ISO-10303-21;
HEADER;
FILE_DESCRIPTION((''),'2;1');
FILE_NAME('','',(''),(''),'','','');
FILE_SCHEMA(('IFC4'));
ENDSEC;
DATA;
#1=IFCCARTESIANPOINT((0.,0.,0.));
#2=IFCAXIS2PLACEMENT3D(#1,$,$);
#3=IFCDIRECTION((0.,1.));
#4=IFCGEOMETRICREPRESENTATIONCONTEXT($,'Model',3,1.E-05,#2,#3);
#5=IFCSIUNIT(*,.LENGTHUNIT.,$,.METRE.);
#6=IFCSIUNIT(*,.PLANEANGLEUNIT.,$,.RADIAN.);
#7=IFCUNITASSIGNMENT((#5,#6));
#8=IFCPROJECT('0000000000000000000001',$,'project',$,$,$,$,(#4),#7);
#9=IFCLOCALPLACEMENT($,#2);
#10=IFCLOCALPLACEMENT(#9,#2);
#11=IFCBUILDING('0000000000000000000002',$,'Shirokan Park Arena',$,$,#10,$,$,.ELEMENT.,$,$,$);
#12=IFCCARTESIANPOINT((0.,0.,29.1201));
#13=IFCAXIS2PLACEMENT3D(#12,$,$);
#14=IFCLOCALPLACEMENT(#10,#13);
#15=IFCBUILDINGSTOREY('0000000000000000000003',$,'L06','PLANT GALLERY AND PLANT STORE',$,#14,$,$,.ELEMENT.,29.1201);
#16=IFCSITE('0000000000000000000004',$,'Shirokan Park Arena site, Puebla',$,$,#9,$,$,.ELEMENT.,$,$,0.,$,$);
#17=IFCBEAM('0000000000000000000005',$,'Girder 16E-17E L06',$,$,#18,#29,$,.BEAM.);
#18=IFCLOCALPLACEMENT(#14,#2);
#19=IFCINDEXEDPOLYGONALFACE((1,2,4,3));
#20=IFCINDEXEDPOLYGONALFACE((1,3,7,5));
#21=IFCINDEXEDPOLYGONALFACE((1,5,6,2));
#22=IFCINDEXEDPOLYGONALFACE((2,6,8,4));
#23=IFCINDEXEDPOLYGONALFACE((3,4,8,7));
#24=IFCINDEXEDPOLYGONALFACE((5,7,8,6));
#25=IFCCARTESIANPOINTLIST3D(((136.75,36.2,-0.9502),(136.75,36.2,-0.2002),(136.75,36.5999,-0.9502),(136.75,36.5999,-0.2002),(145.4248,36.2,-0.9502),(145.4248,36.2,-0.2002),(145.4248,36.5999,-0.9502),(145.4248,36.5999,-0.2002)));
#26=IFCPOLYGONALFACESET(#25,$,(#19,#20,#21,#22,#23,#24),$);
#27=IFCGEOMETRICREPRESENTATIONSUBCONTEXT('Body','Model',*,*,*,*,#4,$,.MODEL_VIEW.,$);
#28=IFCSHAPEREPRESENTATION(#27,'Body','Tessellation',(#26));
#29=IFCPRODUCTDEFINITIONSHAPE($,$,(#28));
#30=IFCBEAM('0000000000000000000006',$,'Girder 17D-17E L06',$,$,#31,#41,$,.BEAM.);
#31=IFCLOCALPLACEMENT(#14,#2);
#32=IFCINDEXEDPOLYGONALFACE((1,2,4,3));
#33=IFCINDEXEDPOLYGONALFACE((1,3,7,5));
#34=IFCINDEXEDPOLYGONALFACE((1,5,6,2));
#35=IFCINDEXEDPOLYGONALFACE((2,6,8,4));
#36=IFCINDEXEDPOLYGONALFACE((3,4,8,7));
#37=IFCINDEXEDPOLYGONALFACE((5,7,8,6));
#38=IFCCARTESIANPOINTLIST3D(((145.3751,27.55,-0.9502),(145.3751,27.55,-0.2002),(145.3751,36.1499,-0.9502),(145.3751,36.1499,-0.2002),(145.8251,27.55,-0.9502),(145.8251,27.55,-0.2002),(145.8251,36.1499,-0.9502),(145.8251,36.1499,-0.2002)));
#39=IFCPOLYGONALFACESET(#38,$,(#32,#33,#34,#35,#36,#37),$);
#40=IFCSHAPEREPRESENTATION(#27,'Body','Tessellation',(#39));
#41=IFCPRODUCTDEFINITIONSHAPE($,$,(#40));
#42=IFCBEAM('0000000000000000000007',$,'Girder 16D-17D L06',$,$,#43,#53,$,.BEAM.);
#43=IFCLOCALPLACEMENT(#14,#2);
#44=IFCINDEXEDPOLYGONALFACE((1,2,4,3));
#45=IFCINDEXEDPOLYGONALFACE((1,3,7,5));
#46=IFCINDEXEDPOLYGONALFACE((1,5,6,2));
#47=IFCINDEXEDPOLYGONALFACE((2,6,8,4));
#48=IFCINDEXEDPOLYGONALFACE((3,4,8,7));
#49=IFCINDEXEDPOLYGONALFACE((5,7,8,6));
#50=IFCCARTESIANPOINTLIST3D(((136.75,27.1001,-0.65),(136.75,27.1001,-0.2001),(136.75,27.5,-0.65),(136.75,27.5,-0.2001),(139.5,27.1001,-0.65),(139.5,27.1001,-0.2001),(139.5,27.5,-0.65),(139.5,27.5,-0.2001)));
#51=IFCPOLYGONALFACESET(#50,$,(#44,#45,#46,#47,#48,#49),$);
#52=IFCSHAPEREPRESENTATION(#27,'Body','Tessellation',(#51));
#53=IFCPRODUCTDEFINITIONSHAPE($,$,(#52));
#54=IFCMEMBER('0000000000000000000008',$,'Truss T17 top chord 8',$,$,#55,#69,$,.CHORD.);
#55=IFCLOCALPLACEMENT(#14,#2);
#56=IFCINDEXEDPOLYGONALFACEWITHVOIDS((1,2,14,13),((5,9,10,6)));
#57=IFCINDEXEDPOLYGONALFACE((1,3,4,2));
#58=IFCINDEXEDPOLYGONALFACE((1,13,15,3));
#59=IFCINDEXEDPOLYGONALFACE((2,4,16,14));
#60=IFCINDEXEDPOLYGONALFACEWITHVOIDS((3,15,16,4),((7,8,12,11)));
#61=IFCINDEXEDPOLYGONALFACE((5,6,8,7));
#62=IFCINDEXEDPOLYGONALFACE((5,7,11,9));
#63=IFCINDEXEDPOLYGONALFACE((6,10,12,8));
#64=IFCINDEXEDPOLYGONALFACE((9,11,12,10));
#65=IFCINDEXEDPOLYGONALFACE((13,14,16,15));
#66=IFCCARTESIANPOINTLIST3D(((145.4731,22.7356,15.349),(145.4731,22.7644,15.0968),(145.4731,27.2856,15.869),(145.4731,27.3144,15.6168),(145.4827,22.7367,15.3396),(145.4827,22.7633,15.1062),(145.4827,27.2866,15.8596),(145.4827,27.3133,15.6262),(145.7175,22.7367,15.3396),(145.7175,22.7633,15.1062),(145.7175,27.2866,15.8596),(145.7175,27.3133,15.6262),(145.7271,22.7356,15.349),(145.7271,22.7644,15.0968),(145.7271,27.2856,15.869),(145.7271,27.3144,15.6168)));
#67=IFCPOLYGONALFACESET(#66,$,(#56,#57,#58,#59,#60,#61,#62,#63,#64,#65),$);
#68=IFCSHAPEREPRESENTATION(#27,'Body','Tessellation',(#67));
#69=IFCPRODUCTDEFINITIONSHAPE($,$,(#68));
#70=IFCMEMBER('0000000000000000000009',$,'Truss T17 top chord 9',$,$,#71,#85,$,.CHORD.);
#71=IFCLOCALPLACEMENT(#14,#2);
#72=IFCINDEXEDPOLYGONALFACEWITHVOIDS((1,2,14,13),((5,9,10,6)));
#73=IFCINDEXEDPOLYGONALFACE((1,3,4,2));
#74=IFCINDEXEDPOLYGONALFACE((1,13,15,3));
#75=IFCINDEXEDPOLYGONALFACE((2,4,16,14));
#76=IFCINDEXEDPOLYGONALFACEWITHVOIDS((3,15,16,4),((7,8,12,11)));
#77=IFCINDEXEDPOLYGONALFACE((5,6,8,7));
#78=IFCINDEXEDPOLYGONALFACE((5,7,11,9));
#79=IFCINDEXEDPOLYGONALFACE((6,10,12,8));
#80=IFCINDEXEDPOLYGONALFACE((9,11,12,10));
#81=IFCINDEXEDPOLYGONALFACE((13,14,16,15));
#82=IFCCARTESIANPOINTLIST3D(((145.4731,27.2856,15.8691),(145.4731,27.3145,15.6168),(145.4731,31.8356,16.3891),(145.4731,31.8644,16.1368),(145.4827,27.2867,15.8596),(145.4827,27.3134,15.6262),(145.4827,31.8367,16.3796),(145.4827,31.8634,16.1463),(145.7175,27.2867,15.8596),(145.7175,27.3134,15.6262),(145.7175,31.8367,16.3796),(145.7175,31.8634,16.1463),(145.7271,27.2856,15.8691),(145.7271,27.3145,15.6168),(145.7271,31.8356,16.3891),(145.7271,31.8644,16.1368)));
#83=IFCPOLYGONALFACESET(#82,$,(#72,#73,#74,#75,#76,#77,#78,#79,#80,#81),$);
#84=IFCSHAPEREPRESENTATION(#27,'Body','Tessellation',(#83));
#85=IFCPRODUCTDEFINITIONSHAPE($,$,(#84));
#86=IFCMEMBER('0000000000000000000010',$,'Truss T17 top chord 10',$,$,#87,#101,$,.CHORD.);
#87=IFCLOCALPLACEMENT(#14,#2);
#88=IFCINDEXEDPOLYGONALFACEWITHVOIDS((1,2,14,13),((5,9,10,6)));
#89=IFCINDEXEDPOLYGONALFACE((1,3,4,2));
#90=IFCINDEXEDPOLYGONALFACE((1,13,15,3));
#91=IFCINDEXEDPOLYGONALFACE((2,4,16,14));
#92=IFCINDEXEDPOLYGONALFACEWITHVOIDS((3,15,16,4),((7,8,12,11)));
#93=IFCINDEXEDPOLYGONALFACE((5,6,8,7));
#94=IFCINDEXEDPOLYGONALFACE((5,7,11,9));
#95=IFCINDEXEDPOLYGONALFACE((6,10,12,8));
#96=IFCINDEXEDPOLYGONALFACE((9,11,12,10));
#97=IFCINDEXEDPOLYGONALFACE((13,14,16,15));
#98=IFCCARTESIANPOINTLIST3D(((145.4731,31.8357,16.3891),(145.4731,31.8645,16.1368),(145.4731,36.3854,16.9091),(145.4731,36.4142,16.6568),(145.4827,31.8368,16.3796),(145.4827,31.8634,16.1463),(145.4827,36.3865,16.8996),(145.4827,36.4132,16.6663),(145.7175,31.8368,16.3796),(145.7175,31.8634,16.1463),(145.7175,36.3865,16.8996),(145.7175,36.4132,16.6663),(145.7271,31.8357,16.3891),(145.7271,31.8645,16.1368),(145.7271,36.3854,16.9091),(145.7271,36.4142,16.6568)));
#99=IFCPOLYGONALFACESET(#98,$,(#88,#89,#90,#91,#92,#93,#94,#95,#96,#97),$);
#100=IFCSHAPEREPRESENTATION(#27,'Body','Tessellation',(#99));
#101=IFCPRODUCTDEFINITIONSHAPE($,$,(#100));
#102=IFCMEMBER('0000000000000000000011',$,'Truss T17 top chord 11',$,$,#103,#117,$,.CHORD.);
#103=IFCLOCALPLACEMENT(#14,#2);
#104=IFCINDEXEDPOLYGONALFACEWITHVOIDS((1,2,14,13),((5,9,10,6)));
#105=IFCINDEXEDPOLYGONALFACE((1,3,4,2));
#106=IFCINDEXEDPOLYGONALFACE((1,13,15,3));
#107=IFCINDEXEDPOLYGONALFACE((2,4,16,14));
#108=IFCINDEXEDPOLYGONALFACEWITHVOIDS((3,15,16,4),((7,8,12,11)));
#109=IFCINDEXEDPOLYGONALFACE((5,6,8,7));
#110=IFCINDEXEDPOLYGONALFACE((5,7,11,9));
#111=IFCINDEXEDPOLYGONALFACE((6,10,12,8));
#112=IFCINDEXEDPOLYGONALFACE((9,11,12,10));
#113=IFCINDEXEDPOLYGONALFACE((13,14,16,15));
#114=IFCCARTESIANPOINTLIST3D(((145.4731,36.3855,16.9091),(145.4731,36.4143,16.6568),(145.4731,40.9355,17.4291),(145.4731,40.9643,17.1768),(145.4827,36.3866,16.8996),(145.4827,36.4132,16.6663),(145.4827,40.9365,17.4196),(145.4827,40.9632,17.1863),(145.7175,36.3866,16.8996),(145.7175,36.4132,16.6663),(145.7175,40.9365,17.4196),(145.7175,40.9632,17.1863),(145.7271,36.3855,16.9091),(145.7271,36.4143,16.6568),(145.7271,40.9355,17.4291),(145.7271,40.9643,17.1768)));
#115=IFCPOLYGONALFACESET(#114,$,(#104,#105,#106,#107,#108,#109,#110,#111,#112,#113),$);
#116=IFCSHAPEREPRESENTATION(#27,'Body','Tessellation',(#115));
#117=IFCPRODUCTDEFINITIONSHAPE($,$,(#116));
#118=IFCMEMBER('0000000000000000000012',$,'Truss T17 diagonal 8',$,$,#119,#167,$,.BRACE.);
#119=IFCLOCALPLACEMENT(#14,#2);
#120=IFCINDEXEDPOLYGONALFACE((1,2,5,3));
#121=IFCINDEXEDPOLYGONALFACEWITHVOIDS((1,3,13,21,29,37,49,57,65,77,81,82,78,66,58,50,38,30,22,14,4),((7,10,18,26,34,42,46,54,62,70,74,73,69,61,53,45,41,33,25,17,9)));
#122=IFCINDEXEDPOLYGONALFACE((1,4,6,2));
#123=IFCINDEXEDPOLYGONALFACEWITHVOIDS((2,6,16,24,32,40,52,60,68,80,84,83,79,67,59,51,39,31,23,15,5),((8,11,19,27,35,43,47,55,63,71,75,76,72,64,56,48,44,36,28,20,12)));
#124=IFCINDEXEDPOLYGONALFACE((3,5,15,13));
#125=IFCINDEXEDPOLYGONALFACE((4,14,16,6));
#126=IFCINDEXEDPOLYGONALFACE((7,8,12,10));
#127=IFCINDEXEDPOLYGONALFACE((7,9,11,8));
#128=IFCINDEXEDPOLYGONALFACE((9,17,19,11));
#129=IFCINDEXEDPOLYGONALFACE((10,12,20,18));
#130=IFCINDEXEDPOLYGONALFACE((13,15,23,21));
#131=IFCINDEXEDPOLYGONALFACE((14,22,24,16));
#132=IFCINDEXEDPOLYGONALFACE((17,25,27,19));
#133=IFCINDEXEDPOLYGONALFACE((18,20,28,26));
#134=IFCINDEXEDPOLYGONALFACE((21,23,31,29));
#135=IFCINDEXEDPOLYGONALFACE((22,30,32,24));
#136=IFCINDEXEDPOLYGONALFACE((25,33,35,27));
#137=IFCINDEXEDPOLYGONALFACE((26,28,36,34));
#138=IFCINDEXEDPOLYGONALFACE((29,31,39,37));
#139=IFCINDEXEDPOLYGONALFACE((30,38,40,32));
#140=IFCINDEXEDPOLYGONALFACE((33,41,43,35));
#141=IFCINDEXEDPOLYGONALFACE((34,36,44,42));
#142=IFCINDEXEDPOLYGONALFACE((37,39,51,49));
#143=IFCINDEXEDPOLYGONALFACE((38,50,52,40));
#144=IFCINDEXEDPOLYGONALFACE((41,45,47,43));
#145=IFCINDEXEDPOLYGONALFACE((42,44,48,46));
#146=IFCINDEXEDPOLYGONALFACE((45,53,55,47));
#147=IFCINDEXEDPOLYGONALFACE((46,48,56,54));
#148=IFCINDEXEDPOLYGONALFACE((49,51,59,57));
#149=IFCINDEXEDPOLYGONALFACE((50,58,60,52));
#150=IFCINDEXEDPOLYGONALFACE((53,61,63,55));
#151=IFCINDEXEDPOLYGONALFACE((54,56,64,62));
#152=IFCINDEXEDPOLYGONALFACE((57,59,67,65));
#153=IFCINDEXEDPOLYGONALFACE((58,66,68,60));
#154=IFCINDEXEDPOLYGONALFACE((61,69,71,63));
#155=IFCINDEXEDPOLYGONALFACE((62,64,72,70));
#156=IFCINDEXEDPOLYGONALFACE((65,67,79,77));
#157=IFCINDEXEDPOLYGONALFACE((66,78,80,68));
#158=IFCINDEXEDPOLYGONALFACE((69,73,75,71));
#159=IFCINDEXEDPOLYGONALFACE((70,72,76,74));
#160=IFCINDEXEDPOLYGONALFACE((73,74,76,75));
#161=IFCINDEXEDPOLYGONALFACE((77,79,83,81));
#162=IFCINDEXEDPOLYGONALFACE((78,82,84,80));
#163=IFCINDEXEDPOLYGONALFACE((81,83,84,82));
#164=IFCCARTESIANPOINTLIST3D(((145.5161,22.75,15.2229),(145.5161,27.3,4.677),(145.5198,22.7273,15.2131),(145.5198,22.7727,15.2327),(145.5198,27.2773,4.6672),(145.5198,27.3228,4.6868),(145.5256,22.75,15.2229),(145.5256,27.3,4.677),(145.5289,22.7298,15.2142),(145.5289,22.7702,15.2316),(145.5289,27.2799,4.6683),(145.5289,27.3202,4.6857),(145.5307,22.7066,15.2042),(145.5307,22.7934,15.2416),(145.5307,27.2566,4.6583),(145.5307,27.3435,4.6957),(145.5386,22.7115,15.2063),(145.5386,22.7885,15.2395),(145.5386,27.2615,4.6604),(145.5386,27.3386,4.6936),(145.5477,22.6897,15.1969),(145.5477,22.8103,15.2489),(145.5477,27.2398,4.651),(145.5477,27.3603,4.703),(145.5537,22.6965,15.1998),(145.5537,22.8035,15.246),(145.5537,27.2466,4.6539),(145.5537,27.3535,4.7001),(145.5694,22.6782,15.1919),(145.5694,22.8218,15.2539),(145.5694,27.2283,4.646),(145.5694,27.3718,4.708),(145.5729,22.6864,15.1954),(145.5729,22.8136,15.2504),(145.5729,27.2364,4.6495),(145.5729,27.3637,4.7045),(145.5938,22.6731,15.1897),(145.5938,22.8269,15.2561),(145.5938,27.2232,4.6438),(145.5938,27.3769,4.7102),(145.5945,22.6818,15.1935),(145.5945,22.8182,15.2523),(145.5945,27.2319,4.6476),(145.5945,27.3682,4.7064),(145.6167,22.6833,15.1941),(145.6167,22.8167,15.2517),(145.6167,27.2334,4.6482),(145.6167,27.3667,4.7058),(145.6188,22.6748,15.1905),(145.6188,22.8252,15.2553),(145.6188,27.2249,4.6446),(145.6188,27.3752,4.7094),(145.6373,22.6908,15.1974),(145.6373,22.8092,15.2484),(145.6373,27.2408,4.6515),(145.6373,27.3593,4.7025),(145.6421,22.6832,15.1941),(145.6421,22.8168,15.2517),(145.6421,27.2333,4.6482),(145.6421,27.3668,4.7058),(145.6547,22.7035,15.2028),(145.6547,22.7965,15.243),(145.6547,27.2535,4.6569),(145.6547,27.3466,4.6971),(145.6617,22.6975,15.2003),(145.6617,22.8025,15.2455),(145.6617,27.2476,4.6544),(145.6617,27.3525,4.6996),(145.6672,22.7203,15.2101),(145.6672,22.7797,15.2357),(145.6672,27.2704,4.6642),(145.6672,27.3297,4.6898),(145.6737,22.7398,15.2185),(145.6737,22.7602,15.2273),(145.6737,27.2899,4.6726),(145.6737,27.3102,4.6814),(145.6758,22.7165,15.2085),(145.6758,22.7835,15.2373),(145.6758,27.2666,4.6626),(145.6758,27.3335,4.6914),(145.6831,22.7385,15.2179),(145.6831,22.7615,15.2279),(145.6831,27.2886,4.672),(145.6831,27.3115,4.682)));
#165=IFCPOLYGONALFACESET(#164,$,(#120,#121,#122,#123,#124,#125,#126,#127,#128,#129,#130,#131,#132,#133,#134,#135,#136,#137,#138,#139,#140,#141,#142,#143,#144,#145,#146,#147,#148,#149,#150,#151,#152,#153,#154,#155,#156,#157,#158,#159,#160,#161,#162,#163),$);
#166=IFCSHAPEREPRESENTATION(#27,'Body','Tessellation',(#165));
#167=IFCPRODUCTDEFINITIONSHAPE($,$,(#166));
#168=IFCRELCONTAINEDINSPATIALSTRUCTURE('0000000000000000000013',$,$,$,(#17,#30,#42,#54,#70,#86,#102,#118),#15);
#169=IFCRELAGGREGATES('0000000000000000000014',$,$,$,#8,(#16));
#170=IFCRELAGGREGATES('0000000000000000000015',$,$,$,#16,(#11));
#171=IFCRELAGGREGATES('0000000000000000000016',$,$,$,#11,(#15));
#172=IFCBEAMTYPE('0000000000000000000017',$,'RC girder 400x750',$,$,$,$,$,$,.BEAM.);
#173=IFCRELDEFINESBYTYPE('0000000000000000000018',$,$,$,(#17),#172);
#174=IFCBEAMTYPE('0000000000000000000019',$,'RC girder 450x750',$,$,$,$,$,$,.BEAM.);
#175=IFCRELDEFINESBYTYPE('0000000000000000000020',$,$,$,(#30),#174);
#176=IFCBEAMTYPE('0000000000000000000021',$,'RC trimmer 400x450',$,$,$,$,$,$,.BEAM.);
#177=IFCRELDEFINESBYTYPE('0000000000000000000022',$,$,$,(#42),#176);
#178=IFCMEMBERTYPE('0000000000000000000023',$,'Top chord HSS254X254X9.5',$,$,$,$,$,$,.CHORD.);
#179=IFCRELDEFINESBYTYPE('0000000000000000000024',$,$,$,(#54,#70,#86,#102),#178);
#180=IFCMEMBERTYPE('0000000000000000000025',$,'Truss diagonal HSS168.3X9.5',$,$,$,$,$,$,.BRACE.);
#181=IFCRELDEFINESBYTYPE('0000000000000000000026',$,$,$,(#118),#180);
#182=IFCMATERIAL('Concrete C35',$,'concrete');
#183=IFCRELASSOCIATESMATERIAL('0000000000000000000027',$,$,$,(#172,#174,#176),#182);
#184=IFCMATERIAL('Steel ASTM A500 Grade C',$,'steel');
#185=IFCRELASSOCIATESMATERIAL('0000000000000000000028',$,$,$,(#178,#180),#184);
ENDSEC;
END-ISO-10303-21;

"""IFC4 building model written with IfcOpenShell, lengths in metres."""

from ifc_helpers import new_model, si_unit, direction, frame, origin, origin_2d, place, context, subcontext, project, spatial, rectangle, hollow_rectangle, hollow_circle, extrude, material, material_profile, profile_set, type_object, element, save


model = new_model("IFC4")

# Units and contexts
model_context = context("Model", 3, precision=1e-05, world=origin(), true_north=direction((0.0, 1.0)))
body_context = subcontext(model_context, "Body", "Model", "MODEL_VIEW")
ifc_project = project(units=[si_unit("LENGTHUNIT", "METRE"), si_unit("PLANEANGLEUNIT", "RADIAN")], contexts=[model_context])

# Site, building, storey
site_placement = place(None, origin())
site = spatial("IfcSite", under=ifc_project, at=site_placement, Name="Shirokan Park Arena site, Puebla", CompositionType="ELEMENT", RefElevation=0.0)
building_placement = place(site_placement, origin())
building = spatial("IfcBuilding", under=site, at=building_placement, Name="Shirokan Park Arena", CompositionType="ELEMENT")
storey_placement = place(building_placement, frame((0.0, 0.0, 29.1201)))
storey = spatial("IfcBuildingStorey", under=building, at=storey_placement, Name="L06", Description="PLANT GALLERY AND PLANT STORE", CompositionType="ELEMENT", Elevation=29.1201)

# Shared definitions
ifc_material_1 = material(Name="Concrete C35", Category="concrete")

# Shared definitions
ifc_material_2 = material(Name="Steel ASTM A500 Grade C", Category="steel")

# Beams
ifc_material_profile_1 = material_profile(ifc_material_1, rectangle(XDim=0.3999, YDim=0.75, at=origin_2d()), Name="400x750")
ifc_profile_set_1 = profile_set([ifc_material_profile_1], Name="Concrete C35")
beam_type_1 = type_object("IfcBeamType", Name="RC girder 400x750", PredefinedType="BEAM", material=ifc_profile_set_1)
beam_1_placement = place(storey_placement, frame((136.75, 36.3999, -0.5752), z_axis=(1.0, 0.0, 0.0), x_axis=(0.0, 1.0, 0.0)))
element("IfcBeam", 1, at=beam_1_placement, inside=storey, type_object=beam_type_1, Name="Girder 16E-17E L06", PredefinedType="BEAM", context=body_context, shape_type="SweptSolid", body=[
    extrude(rectangle(XDim=0.3999, YDim=0.75, at=origin_2d()), origin(), (0.0, 0.0, 1.0), 8.6748),
])
ifc_material_profile_2 = material_profile(ifc_material_1, rectangle(XDim=0.45, YDim=0.75, at=origin_2d()), Name="450x750")
ifc_profile_set_2 = profile_set([ifc_material_profile_2], Name="Concrete C35")
beam_type_2 = type_object("IfcBeamType", Name="RC girder 450x750", PredefinedType="BEAM", material=ifc_profile_set_2)
beam_2_placement = place(storey_placement, frame((145.6001, 27.55, -0.5752), z_axis=(0.0, 1.0, 0.0), x_axis=(-1.0, 0.0, 0.0)))
element("IfcBeam", 2, at=beam_2_placement, inside=storey, type_object=beam_type_2, Name="Girder 17D-17E L06", PredefinedType="BEAM", context=body_context, shape_type="SweptSolid", body=[
    extrude(rectangle(XDim=0.45, YDim=0.75, at=origin_2d()), origin(), (0.0, 0.0, 1.0), 8.5999),
])
ifc_material_profile_3 = material_profile(ifc_material_1, rectangle(XDim=0.3999, YDim=0.45, at=origin_2d()), Name="400x450")
ifc_profile_set_3 = profile_set([ifc_material_profile_3], Name="Concrete C35")
beam_type_3 = type_object("IfcBeamType", Name="RC trimmer 400x450", PredefinedType="BEAM", material=ifc_profile_set_3)
beam_3_placement = place(storey_placement, frame((136.75, 27.3, -0.425), z_axis=(1.0, 0.0, 0.0), x_axis=(0.0, 1.0, 0.0)))
element("IfcBeam", 3, at=beam_3_placement, inside=storey, type_object=beam_type_3, Name="Girder 16D-17D L06", PredefinedType="BEAM", context=body_context, shape_type="SweptSolid", body=[
    extrude(rectangle(XDim=0.3999, YDim=0.45, at=origin_2d()), origin(), (0.0, 0.0, 1.0), 2.75),
])

# Members
ifc_material_profile_4 = material_profile(ifc_material_2, hollow_rectangle(XDim=0.2539, YDim=0.2539, WallThickness=0.0095, at=origin_2d()), Name="HSS254X254X9.5")
ifc_profile_set_4 = profile_set([ifc_material_profile_4], Name="Steel ASTM A500 Grade C")
member_type_1 = type_object("IfcMemberType", Name="Top chord HSS254X254X9.5", PredefinedType="CHORD", material=ifc_profile_set_4)
for number, where, z_axis, x_axis, name in (
    (4, (145.6001, 22.75, 15.2229), (0.0, 0.993532, 0.11355), (-1.0, 0.0, 0.0), "Truss T17 top chord 8"),
    (5, (145.6001, 27.3, 15.7429), (0.0, 0.993532, 0.11355), (-1.0, 0.0, 0.0), "Truss T17 top chord 9"),
):
    element("IfcMember", number, at=place(storey_placement, frame(where, z_axis=z_axis, x_axis=x_axis)), inside=storey, type_object=member_type_1, Name=name, PredefinedType="CHORD", context=body_context, shape_type="SweptSolid", body=[
        extrude(hollow_rectangle(XDim=0.2539, YDim=0.2539, WallThickness=0.0095, at=origin_2d()), origin(), (0.0, 0.0, 1.0), 4.5796),
    ])
member_1_placement = place(storey_placement, frame((145.6001, 31.8501, 16.2629), z_axis=(0.0, 0.993532, 0.113556), x_axis=(-1.0, 0.0, 0.0)))
element("IfcMember", 6, at=member_1_placement, inside=storey, type_object=member_type_1, Name="Truss T17 top chord 10", PredefinedType="CHORD", context=body_context, shape_type="SweptSolid", body=[
    extrude(hollow_rectangle(XDim=0.2539, YDim=0.2539, WallThickness=0.0095, at=origin_2d()), origin(), (0.0, 0.0, 1.0), 4.5793),
])
member_2_placement = place(storey_placement, frame((145.6001, 36.3999, 16.783), z_axis=(0.0, 0.993532, 0.11355), x_axis=(-1.0, 0.0, 0.0)))
element("IfcMember", 7, at=member_2_placement, inside=storey, type_object=member_type_1, Name="Truss T17 top chord 11", PredefinedType="CHORD", context=body_context, shape_type="SweptSolid", body=[
    extrude(hollow_rectangle(XDim=0.2539, YDim=0.2539, WallThickness=0.0095, at=origin_2d()), origin(), (0.0, 0.0, 1.0), 4.5796),
])
ifc_material_profile_5 = material_profile(ifc_material_2, hollow_circle(Radius=0.084, WallThickness=0.0095, at=origin_2d()), Name="HSS168.3X9.5")
ifc_profile_set_5 = profile_set([ifc_material_profile_5], Name="Steel ASTM A500 Grade C")
member_type_2 = type_object("IfcMemberType", Name="Truss diagonal HSS168.3X9.5", PredefinedType="BRACE", material=ifc_profile_set_5)
member_3_placement = place(storey_placement, frame((145.6001, 22.75, 15.2229), z_axis=(0.0, 0.396153, -0.918185), x_axis=(-1.0, 0.0, 0.0)))
element("IfcMember", 8, at=member_3_placement, inside=storey, type_object=member_type_2, Name="Truss T17 diagonal 8", PredefinedType="BRACE", context=body_context, shape_type="SweptSolid", body=[
    extrude(hollow_circle(Radius=0.084, WallThickness=0.0095, at=origin_2d()), origin(), (0.0, 0.0, 1.0), 11.4856),
])

save(model, "model.ifc")
